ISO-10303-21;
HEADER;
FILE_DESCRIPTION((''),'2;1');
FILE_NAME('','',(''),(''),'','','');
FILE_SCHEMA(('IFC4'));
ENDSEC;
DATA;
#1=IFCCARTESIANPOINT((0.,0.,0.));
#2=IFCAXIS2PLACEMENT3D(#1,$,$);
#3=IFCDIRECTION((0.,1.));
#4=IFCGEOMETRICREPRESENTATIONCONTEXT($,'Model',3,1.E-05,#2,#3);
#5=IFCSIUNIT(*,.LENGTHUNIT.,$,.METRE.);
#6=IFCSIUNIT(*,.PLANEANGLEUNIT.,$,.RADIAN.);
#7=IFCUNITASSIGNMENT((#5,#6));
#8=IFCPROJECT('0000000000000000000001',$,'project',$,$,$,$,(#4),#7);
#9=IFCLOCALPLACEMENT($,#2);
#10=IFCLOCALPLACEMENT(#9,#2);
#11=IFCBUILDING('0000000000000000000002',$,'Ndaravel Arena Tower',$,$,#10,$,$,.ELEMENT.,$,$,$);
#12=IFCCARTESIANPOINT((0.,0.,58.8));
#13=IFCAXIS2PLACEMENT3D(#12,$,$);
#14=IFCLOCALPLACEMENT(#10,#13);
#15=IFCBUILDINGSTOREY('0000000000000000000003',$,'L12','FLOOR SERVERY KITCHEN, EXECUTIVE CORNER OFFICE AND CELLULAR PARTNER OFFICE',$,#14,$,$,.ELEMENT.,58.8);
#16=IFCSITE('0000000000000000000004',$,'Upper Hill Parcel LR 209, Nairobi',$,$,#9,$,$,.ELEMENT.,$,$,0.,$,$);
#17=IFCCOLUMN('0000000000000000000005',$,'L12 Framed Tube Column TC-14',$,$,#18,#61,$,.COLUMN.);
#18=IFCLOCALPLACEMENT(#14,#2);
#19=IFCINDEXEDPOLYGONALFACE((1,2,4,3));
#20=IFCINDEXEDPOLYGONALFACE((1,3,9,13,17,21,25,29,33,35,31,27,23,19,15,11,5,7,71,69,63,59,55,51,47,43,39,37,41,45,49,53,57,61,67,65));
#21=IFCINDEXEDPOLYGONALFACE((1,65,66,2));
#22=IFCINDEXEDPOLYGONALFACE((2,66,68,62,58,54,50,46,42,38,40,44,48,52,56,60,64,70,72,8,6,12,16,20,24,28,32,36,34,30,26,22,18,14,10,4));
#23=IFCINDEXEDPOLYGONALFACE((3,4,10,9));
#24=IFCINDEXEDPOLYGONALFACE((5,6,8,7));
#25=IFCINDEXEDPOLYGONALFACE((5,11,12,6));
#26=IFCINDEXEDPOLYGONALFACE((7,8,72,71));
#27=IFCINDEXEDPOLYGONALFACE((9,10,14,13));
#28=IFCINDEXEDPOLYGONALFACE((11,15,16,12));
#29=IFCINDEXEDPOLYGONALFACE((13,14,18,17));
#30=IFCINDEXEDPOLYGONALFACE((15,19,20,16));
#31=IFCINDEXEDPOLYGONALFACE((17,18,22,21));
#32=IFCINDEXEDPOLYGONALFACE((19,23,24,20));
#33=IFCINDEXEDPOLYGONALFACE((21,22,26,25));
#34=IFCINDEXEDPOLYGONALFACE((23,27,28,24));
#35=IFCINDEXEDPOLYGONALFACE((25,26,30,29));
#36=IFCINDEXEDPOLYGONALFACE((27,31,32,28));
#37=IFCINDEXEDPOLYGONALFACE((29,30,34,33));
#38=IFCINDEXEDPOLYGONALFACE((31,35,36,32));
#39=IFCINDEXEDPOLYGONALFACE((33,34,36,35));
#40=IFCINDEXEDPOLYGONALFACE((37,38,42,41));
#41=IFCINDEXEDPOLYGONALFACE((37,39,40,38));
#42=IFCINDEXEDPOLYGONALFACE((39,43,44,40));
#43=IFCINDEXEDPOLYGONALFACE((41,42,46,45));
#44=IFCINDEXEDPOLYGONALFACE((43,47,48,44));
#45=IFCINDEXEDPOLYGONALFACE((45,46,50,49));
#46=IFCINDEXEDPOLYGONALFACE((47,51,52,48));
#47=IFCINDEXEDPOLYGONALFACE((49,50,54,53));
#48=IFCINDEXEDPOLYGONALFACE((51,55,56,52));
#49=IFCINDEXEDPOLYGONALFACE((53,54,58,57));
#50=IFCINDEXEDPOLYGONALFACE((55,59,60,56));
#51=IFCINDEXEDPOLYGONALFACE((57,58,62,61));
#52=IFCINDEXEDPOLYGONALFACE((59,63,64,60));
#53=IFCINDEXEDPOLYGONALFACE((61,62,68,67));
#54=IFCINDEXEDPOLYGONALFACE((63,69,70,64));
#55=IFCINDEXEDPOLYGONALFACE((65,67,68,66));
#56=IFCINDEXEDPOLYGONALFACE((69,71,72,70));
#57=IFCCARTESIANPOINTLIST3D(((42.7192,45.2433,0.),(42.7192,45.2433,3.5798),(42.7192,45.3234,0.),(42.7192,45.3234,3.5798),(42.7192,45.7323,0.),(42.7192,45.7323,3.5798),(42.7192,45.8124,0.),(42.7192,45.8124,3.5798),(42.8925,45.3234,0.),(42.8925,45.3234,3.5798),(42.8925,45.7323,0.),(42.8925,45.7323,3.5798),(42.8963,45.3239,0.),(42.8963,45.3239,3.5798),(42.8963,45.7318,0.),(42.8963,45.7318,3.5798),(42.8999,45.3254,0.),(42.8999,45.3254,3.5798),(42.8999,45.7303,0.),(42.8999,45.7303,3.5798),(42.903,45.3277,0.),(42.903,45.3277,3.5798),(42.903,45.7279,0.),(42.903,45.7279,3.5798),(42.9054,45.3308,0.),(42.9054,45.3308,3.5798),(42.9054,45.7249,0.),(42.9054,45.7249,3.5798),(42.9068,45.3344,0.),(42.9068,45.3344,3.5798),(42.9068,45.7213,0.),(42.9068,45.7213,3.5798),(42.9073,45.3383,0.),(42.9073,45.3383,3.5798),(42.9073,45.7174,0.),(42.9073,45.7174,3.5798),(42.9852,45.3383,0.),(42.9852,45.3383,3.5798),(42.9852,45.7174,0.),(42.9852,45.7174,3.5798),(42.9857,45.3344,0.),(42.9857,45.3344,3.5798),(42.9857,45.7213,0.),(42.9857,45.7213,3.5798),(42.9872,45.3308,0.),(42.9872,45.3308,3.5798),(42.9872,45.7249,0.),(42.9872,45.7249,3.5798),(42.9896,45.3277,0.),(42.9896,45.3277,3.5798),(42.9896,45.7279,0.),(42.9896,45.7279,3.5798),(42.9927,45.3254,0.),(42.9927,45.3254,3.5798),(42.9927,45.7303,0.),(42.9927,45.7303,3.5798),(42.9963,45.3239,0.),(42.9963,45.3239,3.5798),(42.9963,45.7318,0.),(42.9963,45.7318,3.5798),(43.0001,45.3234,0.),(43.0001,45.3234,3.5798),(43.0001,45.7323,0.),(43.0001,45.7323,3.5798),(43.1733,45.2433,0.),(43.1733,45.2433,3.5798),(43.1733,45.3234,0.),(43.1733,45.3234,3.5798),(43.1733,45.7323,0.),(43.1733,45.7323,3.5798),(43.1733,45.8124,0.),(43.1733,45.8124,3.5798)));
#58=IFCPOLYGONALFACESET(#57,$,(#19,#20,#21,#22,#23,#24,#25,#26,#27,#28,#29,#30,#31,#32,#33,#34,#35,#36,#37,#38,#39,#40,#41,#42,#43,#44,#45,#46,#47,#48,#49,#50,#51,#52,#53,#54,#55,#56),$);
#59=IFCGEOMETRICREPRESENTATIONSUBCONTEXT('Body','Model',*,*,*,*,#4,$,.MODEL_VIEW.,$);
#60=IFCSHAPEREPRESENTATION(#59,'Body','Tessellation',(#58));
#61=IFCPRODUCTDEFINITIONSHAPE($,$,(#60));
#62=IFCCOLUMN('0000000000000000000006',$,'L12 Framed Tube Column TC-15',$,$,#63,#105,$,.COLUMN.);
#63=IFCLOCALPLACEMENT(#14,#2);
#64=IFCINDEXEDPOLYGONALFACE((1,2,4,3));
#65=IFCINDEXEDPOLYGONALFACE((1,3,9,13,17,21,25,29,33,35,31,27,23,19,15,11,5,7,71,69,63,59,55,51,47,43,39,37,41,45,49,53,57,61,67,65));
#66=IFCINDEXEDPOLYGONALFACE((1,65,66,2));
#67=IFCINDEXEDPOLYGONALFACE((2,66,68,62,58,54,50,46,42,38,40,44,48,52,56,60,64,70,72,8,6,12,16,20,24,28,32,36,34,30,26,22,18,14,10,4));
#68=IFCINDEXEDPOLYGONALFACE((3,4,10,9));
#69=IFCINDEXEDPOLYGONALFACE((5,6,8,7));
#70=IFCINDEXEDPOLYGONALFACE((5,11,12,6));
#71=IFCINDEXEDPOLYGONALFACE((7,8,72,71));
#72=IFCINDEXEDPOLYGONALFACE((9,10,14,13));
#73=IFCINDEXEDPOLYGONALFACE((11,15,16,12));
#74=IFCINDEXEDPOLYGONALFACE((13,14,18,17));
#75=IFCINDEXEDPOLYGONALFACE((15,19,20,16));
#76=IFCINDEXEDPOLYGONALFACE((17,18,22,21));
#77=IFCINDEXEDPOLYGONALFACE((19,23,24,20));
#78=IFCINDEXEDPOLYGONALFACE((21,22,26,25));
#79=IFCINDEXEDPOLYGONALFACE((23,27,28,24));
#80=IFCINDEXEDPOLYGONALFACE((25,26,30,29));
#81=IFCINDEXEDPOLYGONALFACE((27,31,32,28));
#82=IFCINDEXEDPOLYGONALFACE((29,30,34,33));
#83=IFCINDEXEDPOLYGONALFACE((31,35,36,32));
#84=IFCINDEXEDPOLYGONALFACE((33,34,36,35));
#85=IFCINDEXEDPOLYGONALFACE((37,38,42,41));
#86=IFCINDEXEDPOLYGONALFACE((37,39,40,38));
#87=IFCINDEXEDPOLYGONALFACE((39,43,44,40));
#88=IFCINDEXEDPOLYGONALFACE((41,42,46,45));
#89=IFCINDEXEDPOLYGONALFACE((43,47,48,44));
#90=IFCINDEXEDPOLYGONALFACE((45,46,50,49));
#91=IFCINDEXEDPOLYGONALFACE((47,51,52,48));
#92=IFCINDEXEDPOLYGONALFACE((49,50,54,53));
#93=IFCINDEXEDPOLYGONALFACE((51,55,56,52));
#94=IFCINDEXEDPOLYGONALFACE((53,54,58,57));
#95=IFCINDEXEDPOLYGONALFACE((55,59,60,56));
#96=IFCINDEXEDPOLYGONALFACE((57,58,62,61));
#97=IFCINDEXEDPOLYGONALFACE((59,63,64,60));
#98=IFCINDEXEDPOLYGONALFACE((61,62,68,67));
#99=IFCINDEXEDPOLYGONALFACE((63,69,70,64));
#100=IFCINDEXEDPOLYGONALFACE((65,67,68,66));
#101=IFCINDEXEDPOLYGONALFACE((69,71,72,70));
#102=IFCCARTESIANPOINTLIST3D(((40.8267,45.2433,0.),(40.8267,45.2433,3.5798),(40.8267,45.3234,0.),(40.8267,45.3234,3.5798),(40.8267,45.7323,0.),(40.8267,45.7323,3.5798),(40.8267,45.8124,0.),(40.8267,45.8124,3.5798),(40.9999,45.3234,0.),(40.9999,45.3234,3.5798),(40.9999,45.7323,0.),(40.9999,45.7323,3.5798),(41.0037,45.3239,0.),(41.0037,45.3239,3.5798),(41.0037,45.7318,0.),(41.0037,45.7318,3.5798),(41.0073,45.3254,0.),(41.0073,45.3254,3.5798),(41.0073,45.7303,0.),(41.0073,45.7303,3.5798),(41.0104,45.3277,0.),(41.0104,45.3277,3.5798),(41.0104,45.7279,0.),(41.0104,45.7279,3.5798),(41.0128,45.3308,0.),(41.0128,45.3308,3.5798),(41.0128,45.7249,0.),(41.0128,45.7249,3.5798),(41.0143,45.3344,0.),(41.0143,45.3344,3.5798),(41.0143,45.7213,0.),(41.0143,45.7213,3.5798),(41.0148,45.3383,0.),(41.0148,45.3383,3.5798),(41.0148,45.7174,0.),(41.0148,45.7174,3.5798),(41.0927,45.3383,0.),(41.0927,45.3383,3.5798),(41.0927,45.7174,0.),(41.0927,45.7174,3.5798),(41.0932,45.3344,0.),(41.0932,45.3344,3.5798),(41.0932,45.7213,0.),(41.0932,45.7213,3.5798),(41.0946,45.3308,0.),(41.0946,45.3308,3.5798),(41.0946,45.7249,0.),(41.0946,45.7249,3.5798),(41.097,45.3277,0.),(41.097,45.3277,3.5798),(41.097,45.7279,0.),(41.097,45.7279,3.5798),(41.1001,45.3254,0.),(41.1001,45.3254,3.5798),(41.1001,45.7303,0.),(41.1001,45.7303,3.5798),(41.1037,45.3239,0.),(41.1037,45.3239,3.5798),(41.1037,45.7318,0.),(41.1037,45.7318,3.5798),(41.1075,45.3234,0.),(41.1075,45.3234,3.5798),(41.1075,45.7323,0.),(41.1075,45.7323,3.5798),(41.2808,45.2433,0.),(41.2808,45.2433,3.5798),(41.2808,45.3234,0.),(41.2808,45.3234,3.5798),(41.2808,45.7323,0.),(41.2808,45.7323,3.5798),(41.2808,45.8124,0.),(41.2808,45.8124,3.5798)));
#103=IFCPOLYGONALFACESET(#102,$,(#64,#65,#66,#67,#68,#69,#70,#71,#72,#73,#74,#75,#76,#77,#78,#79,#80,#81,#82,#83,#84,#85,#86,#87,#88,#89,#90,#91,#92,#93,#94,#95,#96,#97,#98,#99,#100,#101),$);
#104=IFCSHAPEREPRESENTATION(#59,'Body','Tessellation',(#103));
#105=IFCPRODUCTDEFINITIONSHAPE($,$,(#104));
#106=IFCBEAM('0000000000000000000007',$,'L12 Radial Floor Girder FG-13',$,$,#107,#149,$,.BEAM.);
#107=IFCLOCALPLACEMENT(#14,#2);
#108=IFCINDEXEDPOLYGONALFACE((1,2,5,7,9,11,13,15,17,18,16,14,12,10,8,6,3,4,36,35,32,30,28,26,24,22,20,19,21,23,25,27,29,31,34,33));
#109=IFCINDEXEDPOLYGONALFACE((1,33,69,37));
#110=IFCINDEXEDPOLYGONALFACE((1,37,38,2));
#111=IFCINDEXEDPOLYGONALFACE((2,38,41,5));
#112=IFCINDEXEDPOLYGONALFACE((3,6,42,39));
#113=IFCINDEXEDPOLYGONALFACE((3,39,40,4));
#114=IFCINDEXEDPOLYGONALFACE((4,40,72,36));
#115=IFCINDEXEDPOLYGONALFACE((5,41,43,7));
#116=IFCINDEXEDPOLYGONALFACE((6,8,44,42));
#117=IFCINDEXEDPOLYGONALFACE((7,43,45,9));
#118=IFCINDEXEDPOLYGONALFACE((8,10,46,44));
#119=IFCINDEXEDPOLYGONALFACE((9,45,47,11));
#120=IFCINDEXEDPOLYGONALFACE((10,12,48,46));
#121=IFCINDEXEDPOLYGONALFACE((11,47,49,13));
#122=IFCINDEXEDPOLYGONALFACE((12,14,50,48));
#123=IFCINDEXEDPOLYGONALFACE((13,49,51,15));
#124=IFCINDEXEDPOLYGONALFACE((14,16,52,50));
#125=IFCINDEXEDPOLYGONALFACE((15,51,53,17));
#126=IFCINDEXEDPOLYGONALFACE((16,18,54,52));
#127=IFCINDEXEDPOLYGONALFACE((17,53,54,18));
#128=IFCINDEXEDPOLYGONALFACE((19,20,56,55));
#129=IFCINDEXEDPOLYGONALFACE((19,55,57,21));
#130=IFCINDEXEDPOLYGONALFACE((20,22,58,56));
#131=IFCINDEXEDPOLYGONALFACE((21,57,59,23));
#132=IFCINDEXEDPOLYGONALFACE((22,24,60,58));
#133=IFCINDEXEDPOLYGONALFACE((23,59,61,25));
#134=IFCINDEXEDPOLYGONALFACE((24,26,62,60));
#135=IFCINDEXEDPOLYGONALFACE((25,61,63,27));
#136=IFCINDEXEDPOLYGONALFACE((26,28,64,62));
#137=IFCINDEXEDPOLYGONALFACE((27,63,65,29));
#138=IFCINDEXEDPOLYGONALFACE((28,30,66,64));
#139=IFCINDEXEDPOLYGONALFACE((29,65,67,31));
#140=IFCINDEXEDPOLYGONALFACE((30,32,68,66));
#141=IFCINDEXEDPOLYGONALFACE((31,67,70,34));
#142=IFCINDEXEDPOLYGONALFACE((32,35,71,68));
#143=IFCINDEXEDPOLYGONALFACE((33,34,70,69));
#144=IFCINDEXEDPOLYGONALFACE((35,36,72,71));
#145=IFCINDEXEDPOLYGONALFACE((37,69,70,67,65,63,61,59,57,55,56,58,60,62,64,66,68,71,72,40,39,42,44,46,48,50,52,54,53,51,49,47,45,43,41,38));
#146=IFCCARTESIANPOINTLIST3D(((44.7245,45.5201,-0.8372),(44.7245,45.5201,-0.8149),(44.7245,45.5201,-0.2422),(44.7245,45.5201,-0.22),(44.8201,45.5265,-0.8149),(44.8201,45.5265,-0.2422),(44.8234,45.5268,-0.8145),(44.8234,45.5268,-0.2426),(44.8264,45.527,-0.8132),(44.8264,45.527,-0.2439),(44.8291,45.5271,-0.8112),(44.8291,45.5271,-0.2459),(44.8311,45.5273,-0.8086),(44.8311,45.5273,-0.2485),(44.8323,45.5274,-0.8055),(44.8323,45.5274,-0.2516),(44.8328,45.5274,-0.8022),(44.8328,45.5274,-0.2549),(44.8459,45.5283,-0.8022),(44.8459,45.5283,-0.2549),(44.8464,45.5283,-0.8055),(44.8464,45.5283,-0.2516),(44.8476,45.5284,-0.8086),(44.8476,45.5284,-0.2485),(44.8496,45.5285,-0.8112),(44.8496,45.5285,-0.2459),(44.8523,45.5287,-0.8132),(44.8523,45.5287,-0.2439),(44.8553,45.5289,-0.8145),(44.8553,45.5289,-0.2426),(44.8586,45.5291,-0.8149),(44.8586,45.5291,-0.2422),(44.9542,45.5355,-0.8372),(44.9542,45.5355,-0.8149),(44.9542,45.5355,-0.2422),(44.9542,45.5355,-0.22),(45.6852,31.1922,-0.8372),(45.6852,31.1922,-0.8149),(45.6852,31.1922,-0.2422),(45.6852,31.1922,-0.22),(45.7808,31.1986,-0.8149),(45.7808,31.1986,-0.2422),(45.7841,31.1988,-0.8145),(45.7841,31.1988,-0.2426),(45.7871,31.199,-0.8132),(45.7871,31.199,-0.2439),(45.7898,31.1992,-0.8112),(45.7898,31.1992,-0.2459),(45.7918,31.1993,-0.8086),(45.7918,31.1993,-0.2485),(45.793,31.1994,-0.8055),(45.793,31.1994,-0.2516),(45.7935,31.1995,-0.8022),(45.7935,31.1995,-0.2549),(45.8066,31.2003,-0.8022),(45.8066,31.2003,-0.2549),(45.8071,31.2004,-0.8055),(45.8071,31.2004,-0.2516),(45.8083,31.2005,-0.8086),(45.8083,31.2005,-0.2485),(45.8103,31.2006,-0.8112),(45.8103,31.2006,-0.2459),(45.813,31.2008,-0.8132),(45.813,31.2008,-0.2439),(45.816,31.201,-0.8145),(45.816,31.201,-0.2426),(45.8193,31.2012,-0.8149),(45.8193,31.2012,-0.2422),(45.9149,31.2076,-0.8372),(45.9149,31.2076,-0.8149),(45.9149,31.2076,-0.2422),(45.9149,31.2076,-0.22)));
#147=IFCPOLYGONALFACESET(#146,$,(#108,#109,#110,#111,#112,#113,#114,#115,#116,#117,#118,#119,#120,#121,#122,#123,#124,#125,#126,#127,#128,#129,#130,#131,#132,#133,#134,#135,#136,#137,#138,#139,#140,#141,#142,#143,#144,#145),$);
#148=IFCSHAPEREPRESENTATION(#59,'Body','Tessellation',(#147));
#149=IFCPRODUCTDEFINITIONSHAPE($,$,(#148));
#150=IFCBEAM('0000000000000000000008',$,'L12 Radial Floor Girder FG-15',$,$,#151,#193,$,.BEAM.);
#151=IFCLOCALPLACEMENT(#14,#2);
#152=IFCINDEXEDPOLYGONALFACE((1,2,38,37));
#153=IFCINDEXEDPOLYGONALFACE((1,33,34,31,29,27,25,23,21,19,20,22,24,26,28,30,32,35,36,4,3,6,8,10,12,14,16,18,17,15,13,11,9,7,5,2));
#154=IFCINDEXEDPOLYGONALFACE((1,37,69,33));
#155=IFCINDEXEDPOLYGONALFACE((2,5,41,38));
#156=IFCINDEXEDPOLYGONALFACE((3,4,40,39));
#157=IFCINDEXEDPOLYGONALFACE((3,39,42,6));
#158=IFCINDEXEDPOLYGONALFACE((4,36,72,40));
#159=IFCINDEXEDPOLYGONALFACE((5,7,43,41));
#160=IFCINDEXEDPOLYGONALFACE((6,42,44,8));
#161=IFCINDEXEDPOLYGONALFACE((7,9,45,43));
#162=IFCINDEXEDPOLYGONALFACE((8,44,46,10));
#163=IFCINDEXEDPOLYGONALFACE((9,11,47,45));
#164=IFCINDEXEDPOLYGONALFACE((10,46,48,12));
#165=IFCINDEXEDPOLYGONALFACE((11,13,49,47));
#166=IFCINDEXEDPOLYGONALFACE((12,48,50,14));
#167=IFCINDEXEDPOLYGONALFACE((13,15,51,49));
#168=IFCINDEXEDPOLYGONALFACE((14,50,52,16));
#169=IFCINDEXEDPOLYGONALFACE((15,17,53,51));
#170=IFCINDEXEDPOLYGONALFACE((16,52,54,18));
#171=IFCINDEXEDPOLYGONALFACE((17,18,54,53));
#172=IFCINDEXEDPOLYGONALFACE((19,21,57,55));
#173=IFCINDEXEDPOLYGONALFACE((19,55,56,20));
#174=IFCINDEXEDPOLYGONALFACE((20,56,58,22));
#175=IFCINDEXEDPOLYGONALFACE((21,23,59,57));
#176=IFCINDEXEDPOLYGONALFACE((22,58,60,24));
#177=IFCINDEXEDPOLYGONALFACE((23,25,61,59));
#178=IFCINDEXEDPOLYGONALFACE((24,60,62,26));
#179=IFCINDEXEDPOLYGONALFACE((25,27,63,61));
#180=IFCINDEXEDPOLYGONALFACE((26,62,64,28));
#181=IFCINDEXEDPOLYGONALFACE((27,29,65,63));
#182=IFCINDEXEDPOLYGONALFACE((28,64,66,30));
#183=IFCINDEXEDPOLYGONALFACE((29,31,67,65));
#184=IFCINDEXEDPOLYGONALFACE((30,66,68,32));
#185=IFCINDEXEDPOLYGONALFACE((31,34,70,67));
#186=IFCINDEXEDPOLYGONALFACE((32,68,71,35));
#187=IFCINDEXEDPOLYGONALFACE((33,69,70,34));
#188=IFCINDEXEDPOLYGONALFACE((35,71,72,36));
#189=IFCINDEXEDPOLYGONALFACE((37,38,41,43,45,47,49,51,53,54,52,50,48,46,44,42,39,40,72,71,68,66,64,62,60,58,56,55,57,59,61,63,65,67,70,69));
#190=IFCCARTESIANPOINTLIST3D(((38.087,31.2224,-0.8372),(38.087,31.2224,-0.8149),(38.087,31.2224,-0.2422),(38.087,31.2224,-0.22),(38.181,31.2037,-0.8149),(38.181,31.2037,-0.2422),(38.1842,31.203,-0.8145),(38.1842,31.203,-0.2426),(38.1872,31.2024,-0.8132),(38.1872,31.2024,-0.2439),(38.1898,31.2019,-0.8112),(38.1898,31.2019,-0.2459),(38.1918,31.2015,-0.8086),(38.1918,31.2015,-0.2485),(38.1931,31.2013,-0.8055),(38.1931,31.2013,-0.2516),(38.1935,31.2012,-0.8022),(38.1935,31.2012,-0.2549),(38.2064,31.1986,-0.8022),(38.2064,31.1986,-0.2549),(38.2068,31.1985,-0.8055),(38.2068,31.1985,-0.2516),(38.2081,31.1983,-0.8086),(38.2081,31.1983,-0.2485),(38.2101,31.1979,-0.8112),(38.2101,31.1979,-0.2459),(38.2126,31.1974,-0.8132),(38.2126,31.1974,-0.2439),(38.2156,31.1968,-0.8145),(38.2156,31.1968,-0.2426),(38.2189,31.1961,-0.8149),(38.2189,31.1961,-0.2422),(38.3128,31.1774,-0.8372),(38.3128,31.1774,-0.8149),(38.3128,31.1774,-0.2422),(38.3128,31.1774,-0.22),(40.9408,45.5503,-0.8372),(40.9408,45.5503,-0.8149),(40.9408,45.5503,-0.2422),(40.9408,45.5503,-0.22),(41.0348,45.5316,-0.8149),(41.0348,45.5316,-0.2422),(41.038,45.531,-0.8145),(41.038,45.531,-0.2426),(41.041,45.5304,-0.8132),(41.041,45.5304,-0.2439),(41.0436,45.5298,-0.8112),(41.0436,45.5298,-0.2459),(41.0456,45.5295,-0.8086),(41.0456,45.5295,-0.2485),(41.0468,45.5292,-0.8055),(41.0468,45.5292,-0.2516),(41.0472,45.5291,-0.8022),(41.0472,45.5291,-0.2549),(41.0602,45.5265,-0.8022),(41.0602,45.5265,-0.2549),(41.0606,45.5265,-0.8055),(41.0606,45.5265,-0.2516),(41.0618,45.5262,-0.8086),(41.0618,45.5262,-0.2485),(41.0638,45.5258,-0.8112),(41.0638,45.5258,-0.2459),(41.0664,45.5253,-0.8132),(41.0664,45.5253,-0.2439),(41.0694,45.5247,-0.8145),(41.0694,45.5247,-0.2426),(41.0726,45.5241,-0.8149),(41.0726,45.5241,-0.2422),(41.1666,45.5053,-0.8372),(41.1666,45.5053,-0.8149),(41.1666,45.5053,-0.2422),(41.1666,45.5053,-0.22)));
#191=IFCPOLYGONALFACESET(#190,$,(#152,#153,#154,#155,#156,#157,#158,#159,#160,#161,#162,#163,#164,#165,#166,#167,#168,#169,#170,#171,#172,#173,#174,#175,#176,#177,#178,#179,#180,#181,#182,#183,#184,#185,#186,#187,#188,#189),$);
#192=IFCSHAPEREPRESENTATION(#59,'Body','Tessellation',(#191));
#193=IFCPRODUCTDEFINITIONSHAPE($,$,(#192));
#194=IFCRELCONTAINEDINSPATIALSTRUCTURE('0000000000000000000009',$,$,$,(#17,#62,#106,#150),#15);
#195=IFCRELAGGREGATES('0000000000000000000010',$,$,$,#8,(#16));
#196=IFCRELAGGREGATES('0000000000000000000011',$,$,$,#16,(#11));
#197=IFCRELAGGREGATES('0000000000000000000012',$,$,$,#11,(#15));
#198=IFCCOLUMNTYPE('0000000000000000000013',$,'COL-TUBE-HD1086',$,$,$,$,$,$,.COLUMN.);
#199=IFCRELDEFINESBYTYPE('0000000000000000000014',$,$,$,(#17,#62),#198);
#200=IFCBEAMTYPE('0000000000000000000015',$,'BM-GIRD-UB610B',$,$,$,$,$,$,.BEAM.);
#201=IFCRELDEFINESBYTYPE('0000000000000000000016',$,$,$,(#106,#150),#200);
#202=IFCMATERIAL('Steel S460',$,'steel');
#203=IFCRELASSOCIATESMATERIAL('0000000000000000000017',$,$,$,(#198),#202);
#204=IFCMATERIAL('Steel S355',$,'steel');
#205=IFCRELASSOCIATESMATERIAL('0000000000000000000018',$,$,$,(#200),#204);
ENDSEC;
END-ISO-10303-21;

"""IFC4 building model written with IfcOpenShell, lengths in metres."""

from ifc_helpers import new_model, si_unit, direction, frame, origin, origin_2d, place, context, subcontext, project, spatial, i_section, extrude, material, material_profile, profile_set, type_object, element, save


model = new_model("IFC4")

# Units and contexts
model_context = context("Model", 3, precision=1e-05, world=origin(), true_north=direction((0.0, 1.0)))
body_context = subcontext(model_context, "Body", "Model", "MODEL_VIEW")
ifc_project = project(units=[si_unit("LENGTHUNIT", "METRE"), si_unit("PLANEANGLEUNIT", "RADIAN")], contexts=[model_context])

# Site, building, storey
site_placement = place(None, origin())
site = spatial("IfcSite", under=ifc_project, at=site_placement, Name="Upper Hill Parcel LR 209, Nairobi", CompositionType="ELEMENT", RefElevation=0.0)
building_placement = place(site_placement, origin())
building = spatial("IfcBuilding", under=site, at=building_placement, Name="Ndaravel Arena Tower", CompositionType="ELEMENT")
storey_placement = place(building_placement, frame((0.0, 0.0, 58.8)))
storey = spatial("IfcBuildingStorey", under=building, at=storey_placement, Name="L12", Description="FLOOR SERVERY KITCHEN, EXECUTIVE CORNER OFFICE AND CELLULAR PARTNER OFFICE", CompositionType="ELEMENT", Elevation=58.8)

# Columns
ifc_material_1 = material(Name="Steel S460", Category="steel")
ifc_material_profile_1 = material_profile(ifc_material_1, i_section(OverallWidth=0.4541, OverallDepth=0.5691, WebThickness=0.0779, FlangeThickness=0.0801, FilletRadius=0.0149, at=origin_2d()), Name="HD 400x1086")
ifc_profile_set_1 = profile_set([ifc_material_profile_1], Name="Steel S460")
column_type_1 = type_object("IfcColumnType", Name="COL-TUBE-HD1086", PredefinedType="COLUMN", material=ifc_profile_set_1)
for number, where, z_axis, x_axis, name in (
    (1, (42.9463, 45.5278, 0.0), (0.0, 0.0, 1.0), (1.0, 0.0, 0.0), "L12 Framed Tube Column TC-14"),
    (2, (41.0537, 45.5278, 0.0), (0.0, 0.0, 1.0), (1.0, 0.0, 0.0), "L12 Framed Tube Column TC-15"),
):
    element("IfcColumn", number, at=place(storey_placement, frame(where, z_axis=z_axis, x_axis=x_axis)), inside=storey, type_object=column_type_1, Name=name, PredefinedType="COLUMN", context=body_context, shape_type="SweptSolid", body=[
        extrude(i_section(OverallWidth=0.4541, OverallDepth=0.5691, WebThickness=0.0779, FlangeThickness=0.0801, FilletRadius=0.0149, at=origin_2d()), origin(), (0.0, 0.0, 1.0), 3.5798),
    ])

# Beams
ifc_material_2 = material(Name="Steel S355", Category="steel")
ifc_material_profile_2 = material_profile(ifc_material_2, i_section(OverallWidth=0.2302, OverallDepth=0.6172, WebThickness=0.0132, FlangeThickness=0.0222, FilletRadius=0.0127, at=origin_2d()), Name="UB 610x229x140")
ifc_profile_set_2 = profile_set([ifc_material_profile_2], Name="Steel S355")
beam_type_1 = type_object("IfcBeamType", Name="BM-GIRD-UB610B", PredefinedType="BEAM", material=ifc_profile_set_2)
beam_1_placement = place(storey_placement, frame((44.8394, 45.5278, -0.5286), z_axis=(0.0669, -0.99776, 0.0), x_axis=(0.99776, 0.0669, 0.0)))
element("IfcBeam", 3, at=beam_1_placement, inside=storey, type_object=beam_type_1, Name="L12 Radial Floor Girder FG-13", PredefinedType="BEAM", context=body_context, shape_type="SweptSolid", body=[
    extrude(i_section(OverallWidth=0.2302, OverallDepth=0.6172, WebThickness=0.0132, FlangeThickness=0.0222, FilletRadius=0.0127, at=origin_2d()), origin(), (0.0, 0.0, 1.0), 14.3601),
])
beam_2_placement = place(storey_placement, frame((41.0537, 45.5278, -0.5286), z_axis=(-0.195338, -0.980736, 0.0), x_axis=(0.980736, -0.195338, 0.0)))
element("IfcBeam", 4, at=beam_2_placement, inside=storey, type_object=beam_type_1, Name="L12 Radial Floor Girder FG-15", PredefinedType="BEAM", context=body_context, shape_type="SweptSolid", body=[
    extrude(i_section(OverallWidth=0.2302, OverallDepth=0.6172, WebThickness=0.0132, FlangeThickness=0.0222, FilletRadius=0.0127, at=origin_2d()), origin(), (0.0, 0.0, 1.0), 14.6094),
])

save(model, "model.ifc")
